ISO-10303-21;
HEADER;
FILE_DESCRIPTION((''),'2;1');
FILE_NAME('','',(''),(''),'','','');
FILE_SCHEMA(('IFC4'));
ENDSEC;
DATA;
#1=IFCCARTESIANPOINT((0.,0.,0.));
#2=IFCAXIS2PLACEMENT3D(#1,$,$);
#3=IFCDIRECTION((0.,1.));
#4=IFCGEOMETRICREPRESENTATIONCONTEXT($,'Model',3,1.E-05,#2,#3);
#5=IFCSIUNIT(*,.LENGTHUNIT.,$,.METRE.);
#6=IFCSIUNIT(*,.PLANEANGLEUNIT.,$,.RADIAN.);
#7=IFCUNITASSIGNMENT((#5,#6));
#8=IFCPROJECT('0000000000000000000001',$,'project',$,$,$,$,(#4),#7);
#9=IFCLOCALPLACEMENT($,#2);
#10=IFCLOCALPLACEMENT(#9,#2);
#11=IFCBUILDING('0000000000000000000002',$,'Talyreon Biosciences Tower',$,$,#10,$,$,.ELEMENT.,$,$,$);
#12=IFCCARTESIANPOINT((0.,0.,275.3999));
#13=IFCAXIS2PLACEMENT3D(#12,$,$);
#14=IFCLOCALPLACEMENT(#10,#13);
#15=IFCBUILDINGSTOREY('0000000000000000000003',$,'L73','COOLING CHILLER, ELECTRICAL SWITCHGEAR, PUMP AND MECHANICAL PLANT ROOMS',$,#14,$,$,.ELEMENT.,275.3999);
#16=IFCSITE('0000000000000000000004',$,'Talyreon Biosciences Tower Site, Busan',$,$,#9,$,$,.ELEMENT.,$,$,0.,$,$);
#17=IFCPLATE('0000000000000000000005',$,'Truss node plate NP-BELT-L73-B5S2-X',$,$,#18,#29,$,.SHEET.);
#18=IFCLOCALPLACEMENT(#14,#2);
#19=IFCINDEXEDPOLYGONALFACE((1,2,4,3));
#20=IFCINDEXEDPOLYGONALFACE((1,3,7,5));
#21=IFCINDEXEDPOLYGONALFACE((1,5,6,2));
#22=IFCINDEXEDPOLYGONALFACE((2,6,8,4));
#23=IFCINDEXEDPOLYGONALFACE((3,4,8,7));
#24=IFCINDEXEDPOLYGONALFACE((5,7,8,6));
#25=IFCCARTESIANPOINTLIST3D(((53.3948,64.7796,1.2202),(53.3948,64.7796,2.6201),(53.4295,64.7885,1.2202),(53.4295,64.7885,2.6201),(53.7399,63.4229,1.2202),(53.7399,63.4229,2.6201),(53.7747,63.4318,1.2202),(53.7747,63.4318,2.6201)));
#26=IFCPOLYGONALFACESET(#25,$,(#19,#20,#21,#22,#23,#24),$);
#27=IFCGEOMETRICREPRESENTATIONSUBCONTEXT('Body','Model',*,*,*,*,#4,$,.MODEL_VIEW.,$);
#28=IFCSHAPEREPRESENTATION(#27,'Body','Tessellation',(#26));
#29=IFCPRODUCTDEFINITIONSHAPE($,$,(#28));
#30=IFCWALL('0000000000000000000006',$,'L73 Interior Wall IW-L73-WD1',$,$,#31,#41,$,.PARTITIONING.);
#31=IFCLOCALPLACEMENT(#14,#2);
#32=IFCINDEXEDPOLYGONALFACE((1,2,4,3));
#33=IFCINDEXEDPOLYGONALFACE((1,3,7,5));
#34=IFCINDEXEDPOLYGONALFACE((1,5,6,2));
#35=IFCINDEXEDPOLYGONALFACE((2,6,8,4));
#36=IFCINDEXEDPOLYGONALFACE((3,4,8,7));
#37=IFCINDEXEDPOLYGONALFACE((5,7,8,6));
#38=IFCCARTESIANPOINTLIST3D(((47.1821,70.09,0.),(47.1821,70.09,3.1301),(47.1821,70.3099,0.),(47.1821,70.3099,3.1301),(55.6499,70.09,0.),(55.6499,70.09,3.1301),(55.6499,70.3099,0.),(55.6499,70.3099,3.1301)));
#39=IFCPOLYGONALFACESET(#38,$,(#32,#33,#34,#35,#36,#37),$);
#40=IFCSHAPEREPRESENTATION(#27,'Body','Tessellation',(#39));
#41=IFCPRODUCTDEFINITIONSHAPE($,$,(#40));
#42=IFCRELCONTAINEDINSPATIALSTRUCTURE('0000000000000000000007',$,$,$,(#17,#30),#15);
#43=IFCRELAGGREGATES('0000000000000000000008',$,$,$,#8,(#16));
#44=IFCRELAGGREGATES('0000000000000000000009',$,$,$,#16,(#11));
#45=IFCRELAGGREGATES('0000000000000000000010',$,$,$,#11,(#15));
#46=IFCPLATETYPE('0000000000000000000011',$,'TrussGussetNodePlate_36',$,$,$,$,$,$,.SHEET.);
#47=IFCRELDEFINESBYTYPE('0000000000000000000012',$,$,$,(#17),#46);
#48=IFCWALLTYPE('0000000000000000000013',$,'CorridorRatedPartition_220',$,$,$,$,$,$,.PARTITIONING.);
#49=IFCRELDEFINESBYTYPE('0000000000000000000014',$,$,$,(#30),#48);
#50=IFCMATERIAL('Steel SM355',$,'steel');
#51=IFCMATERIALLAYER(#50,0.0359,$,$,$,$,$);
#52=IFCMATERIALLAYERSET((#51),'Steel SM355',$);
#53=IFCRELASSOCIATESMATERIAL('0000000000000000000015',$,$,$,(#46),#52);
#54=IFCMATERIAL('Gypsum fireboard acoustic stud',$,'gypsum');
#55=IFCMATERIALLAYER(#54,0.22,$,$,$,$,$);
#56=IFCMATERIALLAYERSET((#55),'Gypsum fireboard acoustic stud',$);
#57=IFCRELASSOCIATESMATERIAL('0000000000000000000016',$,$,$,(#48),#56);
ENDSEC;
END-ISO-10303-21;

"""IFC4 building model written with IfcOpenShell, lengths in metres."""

from ifc_helpers import new_model, si_unit, direction, frame, frame_2d, origin, origin_2d, place, context, subcontext, project, spatial, rectangle, extrude, material, layer, layer_set, type_object, element, save


model = new_model("IFC4")

# Units and contexts
model_context = context("Model", 3, precision=1e-05, world=origin(), true_north=direction((0.0, 1.0)))
body_context = subcontext(model_context, "Body", "Model", "MODEL_VIEW")
ifc_project = project(units=[si_unit("LENGTHUNIT", "METRE"), si_unit("PLANEANGLEUNIT", "RADIAN")], contexts=[model_context])

# Site, building, storey
site_placement = place(None, origin())
site = spatial("IfcSite", under=ifc_project, at=site_placement, Name="Talyreon Biosciences Tower Site, Busan", CompositionType="ELEMENT", RefElevation=0.0)
building_placement = place(site_placement, origin())
building = spatial("IfcBuilding", under=site, at=building_placement, Name="Talyreon Biosciences Tower", CompositionType="ELEMENT")
storey_placement = place(building_placement, frame((0.0, 0.0, 275.3999)))
storey = spatial("IfcBuildingStorey", under=building, at=storey_placement, Name="L73", Description="COOLING CHILLER, ELECTRICAL SWITCHGEAR, PUMP AND MECHANICAL PLANT ROOMS", CompositionType="ELEMENT", Elevation=275.3999)

# Shared definitions
ifc_material_1 = material(Name="Steel SM355", Category="steel")

# Plate
ifc_layer_1 = layer(ifc_material_1, 0.0359)
ifc_layer_set_1 = layer_set([ifc_layer_1], Name="Steel SM355")
plate_type_1 = type_object("IfcPlateType", Name="TrussGussetNodePlate_36", PredefinedType="SHEET", material=ifc_layer_set_1)
plate_1_placement = place(storey_placement, frame((53.5847, 64.1057, 1.2202), z_axis=(0.0, 0.0, 1.0), x_axis=(0.246542, -0.969132, 0.0)))
element("IfcPlate", 1, at=plate_1_placement, inside=storey, type_object=plate_type_1, Name="Truss node plate NP-BELT-L73-B5S2-X", PredefinedType="SHEET", context=body_context, shape_type="SweptSolid", body=[
    extrude(rectangle(XDim=1.3999, YDim=0.0359, at=origin_2d()), origin(), (0.0, 0.0, 1.0), 1.3999),
])

# Wall
ifc_material_2 = material(Name="Gypsum fireboard acoustic stud", Category="gypsum")
ifc_layer_2 = layer(ifc_material_2, 0.22)
ifc_layer_set_2 = layer_set([ifc_layer_2], Name="Gypsum fireboard acoustic stud")
wall_type_1 = type_object("IfcWallType", Name="CorridorRatedPartition_220", PredefinedType="PARTITIONING", material=ifc_layer_set_2)
wall_1_placement = place(storey_placement, frame((47.1821, 70.2, 0.0), z_axis=(0.0, 0.0, 1.0), x_axis=(1.0, 0.0, 0.0)))
element("IfcWall", 2, at=wall_1_placement, inside=storey, type_object=wall_type_1, Name="L73 Interior Wall IW-L73-WD1", PredefinedType="PARTITIONING", context=body_context, shape_type="SweptSolid", body=[
    extrude(rectangle(XDim=8.4678, YDim=0.22, at=frame_2d((4.2339, 0.0))), origin(), (0.0, 0.0, 1.0), 3.1301),
])

save(model, "model.ifc")
